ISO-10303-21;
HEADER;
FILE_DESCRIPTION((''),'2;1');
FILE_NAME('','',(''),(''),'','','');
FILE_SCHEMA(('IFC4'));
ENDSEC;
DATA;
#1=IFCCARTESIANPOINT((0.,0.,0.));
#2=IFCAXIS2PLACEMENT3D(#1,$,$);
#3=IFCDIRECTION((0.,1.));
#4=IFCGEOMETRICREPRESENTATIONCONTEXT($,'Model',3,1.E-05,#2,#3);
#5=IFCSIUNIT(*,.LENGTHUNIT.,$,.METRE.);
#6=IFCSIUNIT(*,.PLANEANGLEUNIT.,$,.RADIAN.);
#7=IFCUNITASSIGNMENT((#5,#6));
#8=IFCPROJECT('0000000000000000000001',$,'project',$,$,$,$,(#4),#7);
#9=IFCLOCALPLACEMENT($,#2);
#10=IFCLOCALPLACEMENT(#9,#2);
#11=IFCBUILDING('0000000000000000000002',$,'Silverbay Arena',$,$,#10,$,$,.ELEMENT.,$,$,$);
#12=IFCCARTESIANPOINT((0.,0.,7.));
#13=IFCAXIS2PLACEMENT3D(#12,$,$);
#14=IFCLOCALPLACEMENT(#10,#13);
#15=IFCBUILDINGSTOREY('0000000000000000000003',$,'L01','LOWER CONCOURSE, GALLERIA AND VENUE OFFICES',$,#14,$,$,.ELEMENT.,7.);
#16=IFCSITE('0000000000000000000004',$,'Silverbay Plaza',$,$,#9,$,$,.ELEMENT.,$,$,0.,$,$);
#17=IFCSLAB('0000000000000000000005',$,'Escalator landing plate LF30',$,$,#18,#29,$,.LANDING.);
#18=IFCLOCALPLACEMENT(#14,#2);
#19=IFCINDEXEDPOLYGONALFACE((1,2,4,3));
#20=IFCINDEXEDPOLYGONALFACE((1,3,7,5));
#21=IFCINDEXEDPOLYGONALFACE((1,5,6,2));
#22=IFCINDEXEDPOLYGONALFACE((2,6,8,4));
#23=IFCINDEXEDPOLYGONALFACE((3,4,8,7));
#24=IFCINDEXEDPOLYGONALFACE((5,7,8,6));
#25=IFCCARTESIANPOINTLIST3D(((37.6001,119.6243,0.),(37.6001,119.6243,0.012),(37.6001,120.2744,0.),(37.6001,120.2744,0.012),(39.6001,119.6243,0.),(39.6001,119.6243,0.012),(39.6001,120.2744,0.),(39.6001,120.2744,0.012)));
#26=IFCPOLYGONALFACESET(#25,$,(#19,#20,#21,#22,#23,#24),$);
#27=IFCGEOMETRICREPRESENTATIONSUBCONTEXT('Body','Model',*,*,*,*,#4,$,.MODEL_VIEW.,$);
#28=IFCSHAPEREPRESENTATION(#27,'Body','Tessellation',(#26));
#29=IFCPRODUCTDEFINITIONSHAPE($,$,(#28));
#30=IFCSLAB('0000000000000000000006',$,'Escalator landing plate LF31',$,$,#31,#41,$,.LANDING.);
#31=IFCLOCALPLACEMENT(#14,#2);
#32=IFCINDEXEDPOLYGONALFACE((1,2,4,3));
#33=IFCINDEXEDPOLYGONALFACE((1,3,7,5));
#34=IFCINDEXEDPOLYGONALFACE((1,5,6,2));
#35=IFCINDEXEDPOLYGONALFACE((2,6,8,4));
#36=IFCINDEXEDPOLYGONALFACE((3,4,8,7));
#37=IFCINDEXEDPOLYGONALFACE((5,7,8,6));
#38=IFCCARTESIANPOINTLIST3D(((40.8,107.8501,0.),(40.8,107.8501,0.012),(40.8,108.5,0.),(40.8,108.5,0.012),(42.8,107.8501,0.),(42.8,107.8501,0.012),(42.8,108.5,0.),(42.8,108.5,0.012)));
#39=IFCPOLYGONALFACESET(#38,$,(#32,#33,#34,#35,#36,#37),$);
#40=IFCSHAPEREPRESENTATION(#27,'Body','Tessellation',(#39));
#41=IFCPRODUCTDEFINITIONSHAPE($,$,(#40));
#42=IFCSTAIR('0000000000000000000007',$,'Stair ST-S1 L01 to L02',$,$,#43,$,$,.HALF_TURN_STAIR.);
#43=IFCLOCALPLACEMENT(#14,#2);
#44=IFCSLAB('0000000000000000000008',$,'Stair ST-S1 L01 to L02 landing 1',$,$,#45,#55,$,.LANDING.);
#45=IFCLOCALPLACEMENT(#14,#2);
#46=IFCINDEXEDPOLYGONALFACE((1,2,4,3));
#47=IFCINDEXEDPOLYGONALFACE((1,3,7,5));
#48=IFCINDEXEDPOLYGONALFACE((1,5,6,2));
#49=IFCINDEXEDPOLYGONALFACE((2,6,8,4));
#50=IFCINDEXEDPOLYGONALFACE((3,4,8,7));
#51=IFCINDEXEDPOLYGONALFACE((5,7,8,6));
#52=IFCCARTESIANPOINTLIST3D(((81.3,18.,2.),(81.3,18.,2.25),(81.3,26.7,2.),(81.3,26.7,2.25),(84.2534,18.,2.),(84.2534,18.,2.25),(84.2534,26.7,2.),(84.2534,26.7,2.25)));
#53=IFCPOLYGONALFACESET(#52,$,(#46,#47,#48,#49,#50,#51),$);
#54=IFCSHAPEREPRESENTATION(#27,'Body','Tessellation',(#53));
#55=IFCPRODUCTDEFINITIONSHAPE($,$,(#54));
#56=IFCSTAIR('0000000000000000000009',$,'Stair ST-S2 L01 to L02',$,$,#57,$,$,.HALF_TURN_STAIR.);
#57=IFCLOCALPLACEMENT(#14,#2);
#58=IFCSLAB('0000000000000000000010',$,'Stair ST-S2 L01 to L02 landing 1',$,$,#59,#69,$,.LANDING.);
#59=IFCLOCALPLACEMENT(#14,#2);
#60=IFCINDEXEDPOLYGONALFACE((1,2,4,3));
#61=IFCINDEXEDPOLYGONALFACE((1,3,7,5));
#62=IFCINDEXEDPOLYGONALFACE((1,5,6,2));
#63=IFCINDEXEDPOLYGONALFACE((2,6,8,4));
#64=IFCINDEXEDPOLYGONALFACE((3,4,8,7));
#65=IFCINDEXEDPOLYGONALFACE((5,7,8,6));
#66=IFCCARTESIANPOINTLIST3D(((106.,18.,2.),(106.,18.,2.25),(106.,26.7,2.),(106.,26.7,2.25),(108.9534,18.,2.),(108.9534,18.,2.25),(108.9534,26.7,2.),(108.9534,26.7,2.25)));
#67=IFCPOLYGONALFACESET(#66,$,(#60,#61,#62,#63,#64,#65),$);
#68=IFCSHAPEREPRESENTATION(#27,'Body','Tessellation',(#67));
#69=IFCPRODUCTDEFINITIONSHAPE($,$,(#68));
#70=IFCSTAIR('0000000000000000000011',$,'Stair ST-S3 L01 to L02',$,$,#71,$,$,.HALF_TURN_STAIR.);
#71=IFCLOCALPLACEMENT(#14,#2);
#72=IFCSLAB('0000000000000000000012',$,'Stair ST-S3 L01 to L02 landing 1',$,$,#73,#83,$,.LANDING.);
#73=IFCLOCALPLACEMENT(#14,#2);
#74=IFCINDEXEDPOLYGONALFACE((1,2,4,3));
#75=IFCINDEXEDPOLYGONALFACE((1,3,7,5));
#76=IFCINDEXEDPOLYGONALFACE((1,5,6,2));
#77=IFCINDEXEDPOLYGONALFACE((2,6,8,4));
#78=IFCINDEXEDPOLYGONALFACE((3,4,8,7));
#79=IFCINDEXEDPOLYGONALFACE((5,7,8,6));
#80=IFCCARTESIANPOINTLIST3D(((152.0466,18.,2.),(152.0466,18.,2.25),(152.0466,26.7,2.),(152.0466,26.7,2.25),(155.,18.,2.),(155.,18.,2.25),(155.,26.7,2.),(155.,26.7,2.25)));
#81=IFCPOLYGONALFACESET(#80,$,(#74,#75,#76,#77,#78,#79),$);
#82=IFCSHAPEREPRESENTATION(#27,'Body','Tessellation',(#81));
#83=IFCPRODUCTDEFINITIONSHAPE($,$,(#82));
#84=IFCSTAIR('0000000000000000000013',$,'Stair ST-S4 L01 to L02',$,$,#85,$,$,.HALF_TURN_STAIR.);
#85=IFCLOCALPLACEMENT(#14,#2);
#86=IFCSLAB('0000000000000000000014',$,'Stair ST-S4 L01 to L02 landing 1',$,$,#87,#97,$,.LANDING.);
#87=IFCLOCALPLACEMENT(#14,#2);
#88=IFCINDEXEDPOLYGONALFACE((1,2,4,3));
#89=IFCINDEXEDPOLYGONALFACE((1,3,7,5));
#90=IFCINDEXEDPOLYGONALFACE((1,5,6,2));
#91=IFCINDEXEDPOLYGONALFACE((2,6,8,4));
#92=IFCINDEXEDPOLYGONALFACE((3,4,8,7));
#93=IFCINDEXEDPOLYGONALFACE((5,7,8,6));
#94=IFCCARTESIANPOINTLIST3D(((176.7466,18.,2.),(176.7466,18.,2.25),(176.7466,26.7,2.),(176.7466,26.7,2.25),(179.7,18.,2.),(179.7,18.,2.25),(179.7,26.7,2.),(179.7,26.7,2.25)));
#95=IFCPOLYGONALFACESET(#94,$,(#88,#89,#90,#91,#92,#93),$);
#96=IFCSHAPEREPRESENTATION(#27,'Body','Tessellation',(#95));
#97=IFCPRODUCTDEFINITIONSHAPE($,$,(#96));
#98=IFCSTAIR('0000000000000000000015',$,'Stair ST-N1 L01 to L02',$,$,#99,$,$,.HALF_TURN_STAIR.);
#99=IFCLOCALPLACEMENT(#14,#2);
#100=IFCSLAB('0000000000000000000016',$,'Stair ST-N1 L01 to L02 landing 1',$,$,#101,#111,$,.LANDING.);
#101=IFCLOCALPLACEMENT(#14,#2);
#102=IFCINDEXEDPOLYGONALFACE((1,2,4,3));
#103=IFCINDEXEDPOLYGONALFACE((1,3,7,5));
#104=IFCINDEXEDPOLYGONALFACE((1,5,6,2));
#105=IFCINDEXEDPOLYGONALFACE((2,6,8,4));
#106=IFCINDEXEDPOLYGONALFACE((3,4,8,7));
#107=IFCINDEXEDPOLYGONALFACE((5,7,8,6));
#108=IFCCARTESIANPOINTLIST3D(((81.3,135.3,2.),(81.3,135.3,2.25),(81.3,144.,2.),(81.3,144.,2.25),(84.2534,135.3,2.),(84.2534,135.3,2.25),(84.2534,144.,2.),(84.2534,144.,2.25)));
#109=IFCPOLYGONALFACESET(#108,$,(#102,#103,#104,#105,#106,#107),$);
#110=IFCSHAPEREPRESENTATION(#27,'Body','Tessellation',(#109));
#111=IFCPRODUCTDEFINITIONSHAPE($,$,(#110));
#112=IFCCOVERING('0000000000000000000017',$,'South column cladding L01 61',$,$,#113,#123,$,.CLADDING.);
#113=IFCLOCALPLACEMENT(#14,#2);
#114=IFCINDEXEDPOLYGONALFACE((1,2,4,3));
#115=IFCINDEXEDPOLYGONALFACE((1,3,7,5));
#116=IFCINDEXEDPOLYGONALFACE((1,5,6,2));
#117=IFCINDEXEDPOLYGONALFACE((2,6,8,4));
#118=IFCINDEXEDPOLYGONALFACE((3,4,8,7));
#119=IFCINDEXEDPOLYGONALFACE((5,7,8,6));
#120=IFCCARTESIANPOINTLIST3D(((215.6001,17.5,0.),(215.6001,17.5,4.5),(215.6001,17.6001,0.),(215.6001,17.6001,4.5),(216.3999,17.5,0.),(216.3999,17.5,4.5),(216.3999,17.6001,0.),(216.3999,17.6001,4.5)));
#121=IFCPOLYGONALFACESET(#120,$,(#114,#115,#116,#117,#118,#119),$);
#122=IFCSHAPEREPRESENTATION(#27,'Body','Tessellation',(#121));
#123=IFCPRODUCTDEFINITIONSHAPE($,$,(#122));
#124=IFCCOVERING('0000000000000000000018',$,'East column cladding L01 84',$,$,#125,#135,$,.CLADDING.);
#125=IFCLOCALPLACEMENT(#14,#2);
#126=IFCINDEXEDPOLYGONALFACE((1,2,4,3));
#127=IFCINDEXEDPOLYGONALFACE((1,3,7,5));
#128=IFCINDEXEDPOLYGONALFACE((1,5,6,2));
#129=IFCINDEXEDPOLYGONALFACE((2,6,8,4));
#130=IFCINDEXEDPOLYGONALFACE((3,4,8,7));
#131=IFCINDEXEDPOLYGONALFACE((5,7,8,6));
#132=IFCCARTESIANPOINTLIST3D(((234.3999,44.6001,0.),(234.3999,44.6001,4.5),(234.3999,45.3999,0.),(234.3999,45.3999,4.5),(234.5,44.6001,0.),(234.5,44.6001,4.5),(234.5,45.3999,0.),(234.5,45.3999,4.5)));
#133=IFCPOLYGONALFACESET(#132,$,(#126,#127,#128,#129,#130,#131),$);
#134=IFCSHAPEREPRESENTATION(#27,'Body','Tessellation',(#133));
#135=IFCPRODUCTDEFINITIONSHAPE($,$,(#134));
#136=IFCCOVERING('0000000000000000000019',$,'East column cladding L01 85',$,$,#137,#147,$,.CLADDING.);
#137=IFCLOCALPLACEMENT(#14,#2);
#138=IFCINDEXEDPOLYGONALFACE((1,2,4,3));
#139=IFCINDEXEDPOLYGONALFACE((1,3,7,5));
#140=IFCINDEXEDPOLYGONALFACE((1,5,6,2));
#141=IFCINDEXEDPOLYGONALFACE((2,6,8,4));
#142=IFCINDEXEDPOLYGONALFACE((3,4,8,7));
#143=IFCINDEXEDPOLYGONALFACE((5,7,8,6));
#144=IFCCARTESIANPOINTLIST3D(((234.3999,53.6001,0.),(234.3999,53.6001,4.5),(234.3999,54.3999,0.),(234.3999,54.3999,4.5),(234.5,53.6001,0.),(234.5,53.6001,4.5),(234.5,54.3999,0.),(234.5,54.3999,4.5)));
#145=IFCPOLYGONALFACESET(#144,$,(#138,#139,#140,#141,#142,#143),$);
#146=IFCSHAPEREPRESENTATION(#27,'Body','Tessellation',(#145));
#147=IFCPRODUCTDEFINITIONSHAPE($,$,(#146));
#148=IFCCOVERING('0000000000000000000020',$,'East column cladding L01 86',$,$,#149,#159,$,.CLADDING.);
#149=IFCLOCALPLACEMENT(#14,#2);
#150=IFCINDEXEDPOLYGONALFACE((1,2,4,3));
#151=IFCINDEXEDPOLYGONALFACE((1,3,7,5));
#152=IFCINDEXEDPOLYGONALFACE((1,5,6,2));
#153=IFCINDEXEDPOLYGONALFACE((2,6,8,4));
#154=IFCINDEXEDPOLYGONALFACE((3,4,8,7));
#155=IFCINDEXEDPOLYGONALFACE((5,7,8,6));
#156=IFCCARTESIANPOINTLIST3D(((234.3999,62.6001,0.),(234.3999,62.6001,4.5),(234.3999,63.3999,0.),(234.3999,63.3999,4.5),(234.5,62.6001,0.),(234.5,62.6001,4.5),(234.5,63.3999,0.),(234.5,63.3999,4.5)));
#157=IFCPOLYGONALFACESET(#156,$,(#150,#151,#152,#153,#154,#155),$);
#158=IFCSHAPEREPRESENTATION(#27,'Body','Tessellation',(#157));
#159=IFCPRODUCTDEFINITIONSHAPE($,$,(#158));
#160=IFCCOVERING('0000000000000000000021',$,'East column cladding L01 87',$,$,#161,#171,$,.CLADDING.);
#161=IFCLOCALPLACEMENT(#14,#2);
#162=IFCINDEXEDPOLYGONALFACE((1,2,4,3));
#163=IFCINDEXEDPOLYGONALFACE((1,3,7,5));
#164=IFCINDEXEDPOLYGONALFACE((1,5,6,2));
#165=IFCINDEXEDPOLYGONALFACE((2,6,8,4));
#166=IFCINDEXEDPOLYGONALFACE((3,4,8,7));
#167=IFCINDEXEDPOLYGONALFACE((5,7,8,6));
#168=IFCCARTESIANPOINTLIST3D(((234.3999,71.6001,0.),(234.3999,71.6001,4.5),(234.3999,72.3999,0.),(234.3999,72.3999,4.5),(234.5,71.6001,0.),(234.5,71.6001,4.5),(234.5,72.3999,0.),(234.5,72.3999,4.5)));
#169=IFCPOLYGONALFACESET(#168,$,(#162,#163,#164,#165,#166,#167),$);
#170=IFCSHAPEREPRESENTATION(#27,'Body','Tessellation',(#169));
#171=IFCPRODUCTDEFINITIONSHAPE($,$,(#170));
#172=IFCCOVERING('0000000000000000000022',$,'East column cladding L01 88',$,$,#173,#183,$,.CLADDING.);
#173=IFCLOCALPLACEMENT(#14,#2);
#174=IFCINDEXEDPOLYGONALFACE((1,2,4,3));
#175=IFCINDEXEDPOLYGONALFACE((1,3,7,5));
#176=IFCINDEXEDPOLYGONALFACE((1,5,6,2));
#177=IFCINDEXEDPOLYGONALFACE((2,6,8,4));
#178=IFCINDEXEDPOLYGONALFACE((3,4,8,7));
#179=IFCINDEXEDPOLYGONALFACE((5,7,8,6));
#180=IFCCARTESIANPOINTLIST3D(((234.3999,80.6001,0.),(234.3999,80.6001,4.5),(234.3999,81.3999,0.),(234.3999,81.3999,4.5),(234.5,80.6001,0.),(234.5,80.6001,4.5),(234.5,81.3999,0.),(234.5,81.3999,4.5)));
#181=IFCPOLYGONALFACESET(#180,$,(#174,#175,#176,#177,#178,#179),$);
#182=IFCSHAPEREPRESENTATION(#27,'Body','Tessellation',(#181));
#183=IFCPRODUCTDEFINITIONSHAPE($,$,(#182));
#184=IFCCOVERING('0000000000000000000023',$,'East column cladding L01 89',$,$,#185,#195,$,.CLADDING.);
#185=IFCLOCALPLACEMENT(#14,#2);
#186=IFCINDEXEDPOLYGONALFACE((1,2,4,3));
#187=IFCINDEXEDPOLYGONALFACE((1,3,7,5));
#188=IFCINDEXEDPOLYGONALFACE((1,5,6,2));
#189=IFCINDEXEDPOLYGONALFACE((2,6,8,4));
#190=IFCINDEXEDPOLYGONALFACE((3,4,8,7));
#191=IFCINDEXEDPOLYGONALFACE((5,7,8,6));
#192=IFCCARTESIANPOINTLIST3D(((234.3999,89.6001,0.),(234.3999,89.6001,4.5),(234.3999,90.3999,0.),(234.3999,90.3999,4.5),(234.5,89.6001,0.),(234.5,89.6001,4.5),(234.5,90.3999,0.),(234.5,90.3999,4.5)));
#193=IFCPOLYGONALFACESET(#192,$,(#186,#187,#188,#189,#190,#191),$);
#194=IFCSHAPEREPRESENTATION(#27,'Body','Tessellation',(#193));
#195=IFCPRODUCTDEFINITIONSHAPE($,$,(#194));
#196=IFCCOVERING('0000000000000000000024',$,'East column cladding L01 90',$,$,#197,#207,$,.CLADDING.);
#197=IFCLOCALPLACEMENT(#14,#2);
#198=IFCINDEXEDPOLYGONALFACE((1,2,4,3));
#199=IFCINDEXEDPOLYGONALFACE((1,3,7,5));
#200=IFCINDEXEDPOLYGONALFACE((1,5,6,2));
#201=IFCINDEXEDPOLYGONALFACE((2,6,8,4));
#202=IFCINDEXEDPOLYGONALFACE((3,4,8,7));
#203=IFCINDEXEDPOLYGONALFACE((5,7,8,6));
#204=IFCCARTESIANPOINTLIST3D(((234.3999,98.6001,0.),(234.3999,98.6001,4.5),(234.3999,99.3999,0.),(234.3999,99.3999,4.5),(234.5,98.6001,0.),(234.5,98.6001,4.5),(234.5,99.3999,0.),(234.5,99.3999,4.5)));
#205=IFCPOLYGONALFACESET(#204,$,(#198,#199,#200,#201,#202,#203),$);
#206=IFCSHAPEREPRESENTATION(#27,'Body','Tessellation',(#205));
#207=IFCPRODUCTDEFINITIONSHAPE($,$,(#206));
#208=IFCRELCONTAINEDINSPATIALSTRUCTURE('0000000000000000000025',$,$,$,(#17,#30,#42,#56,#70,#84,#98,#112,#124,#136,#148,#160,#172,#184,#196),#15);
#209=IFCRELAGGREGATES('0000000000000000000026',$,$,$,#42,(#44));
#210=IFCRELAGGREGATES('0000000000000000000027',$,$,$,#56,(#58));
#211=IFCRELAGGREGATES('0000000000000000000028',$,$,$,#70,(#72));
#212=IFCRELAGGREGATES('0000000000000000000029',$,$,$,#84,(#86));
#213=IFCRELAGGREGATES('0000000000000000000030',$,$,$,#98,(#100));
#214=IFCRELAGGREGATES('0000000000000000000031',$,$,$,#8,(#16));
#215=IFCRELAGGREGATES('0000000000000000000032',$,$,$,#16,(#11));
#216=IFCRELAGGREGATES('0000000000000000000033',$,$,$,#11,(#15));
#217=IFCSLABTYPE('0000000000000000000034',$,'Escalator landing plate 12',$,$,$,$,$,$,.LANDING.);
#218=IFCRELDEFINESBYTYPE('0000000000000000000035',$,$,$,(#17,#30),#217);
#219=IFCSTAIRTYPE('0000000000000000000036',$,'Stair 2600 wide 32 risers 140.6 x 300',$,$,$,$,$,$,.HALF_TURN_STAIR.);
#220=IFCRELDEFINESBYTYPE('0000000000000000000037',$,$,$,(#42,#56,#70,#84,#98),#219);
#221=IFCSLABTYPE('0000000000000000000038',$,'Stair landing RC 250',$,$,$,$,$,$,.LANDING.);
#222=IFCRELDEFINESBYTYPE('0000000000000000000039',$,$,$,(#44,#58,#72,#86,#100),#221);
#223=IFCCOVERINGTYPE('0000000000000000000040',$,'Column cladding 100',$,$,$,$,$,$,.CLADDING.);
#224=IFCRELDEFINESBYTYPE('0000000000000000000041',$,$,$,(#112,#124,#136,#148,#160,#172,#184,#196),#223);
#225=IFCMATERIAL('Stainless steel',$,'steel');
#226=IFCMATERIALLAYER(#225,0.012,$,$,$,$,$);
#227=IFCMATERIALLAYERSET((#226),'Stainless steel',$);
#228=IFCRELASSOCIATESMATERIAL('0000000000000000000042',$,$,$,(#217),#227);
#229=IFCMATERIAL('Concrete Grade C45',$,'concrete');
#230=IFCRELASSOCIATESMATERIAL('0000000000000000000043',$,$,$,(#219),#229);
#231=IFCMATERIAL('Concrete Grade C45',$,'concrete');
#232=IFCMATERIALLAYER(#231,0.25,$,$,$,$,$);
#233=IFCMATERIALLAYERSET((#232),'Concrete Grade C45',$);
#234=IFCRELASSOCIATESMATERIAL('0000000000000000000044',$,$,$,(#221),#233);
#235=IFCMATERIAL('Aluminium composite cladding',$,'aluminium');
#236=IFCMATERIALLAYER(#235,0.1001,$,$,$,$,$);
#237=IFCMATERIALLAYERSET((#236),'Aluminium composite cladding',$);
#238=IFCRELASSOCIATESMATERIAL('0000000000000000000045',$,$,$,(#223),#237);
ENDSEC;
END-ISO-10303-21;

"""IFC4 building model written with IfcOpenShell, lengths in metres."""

from ifc_helpers import new_model, si_unit, direction, frame, origin, place, context, subcontext, project, spatial, polyline, outline, extrude, material, layer, layer_set, type_object, element, aggregate, save


model = new_model("IFC4")

# Units and contexts
model_context = context("Model", 3, precision=1e-05, world=origin(), true_north=direction((0.0, 1.0)))
body_context = subcontext(model_context, "Body", "Model", "MODEL_VIEW")
ifc_project = project(units=[si_unit("LENGTHUNIT", "METRE"), si_unit("PLANEANGLEUNIT", "RADIAN")], contexts=[model_context])

# Site, building, storey
site_placement = place(None, origin())
site = spatial("IfcSite", under=ifc_project, at=site_placement, Name="Silverbay Plaza", CompositionType="ELEMENT", RefElevation=0.0)
building_placement = place(site_placement, origin())
building = spatial("IfcBuilding", under=site, at=building_placement, Name="Silverbay Arena", CompositionType="ELEMENT")
storey_placement = place(building_placement, frame((0.0, 0.0, 7.0)))
storey = spatial("IfcBuildingStorey", under=building, at=storey_placement, Name="L01", Description="LOWER CONCOURSE, GALLERIA AND VENUE OFFICES", CompositionType="ELEMENT", Elevation=7.0)

# Slabs
ifc_material_1 = material(Name="Stainless steel", Category="steel")
ifc_layer_1 = layer(ifc_material_1, 0.012)
ifc_layer_set_1 = layer_set([ifc_layer_1], Name="Stainless steel")
slab_type_1 = type_object("IfcSlabType", Name="Escalator landing plate 12", PredefinedType="LANDING", material=ifc_layer_set_1)
slab_1_placement = place(storey_placement, origin())
element("IfcSlab", 1, at=slab_1_placement, inside=storey, type_object=slab_type_1, Name="Escalator landing plate LF30", PredefinedType="LANDING", context=body_context, shape_type="SweptSolid", body=[
    extrude(outline(polyline([(37.6001, 119.6243), (39.6001, 119.6243), (39.6001, 120.2744), (37.6001, 120.2744), (37.6001, 119.6243)])), origin(), (0.0, 0.0, 1.0), 0.012),
])
slab_2_placement = place(storey_placement, origin())
element("IfcSlab", 2, at=slab_2_placement, inside=storey, type_object=slab_type_1, Name="Escalator landing plate LF31", PredefinedType="LANDING", context=body_context, shape_type="SweptSolid", body=[
    extrude(outline(polyline([(40.8, 107.8501), (42.8, 107.8501), (42.8, 108.5), (40.8, 108.5), (40.8, 107.8501)])), origin(), (0.0, 0.0, 1.0), 0.012),
])

# Stairs, slabs
ifc_material_2 = material(Name="Concrete Grade C45", Category="concrete")
stair_type = type_object("IfcStairType", Name="Stair 2600 wide 32 risers 140.6 x 300", PredefinedType="HALF_TURN_STAIR", material=ifc_material_2)
stair_1_placement = place(storey_placement, origin())
stair_1 = element("IfcStair", 3, at=stair_1_placement, inside=storey, type_object=stair_type, Name="Stair ST-S1 L01 to L02", PredefinedType="HALF_TURN_STAIR")
ifc_material_3 = material(Name="Concrete Grade C45", Category="concrete")
ifc_layer_2 = layer(ifc_material_3, 0.25)
ifc_layer_set_2 = layer_set([ifc_layer_2], Name="Concrete Grade C45")
slab_type_2 = type_object("IfcSlabType", Name="Stair landing RC 250", PredefinedType="LANDING", material=ifc_layer_set_2)
slab_3_placement = place(storey_placement, frame((0.0, 0.0, 2.0)))
slab_3 = element("IfcSlab", 4, at=slab_3_placement, type_object=slab_type_2, Name="Stair ST-S1 L01 to L02 landing 1", PredefinedType="LANDING", context=body_context, shape_type="SweptSolid", body=[
    extrude(outline(polyline([(84.2534, 26.7), (81.3, 26.7), (81.3, 18.0), (84.2534, 18.0), (84.2534, 26.7)])), origin(), (0.0, 0.0, 1.0), 0.25),
])
aggregate(stair_1, [slab_3])
stair_2_placement = place(storey_placement, origin())
stair_2 = element("IfcStair", 5, at=stair_2_placement, inside=storey, type_object=stair_type, Name="Stair ST-S2 L01 to L02", PredefinedType="HALF_TURN_STAIR")
slab_4_placement = place(storey_placement, frame((0.0, 0.0, 2.0)))
slab_4 = element("IfcSlab", 6, at=slab_4_placement, type_object=slab_type_2, Name="Stair ST-S2 L01 to L02 landing 1", PredefinedType="LANDING", context=body_context, shape_type="SweptSolid", body=[
    extrude(outline(polyline([(108.9534, 26.7), (106.0, 26.7), (106.0, 18.0), (108.9534, 18.0), (108.9534, 26.7)])), origin(), (0.0, 0.0, 1.0), 0.25),
])
aggregate(stair_2, [slab_4])
stair_3_placement = place(storey_placement, origin())
stair_3 = element("IfcStair", 7, at=stair_3_placement, inside=storey, type_object=stair_type, Name="Stair ST-S3 L01 to L02", PredefinedType="HALF_TURN_STAIR")
slab_5_placement = place(storey_placement, frame((0.0, 0.0, 2.0)))
slab_5 = element("IfcSlab", 8, at=slab_5_placement, type_object=slab_type_2, Name="Stair ST-S3 L01 to L02 landing 1", PredefinedType="LANDING", context=body_context, shape_type="SweptSolid", body=[
    extrude(outline(polyline([(152.0466, 26.7), (155.0, 26.7), (155.0, 18.0), (152.0466, 18.0), (152.0466, 26.7)])), origin(), (0.0, 0.0, 1.0), 0.25),
])
aggregate(stair_3, [slab_5])
stair_4_placement = place(storey_placement, origin())
stair_4 = element("IfcStair", 9, at=stair_4_placement, inside=storey, type_object=stair_type, Name="Stair ST-S4 L01 to L02", PredefinedType="HALF_TURN_STAIR")
slab_6_placement = place(storey_placement, frame((0.0, 0.0, 2.0)))
slab_6 = element("IfcSlab", 10, at=slab_6_placement, type_object=slab_type_2, Name="Stair ST-S4 L01 to L02 landing 1", PredefinedType="LANDING", context=body_context, shape_type="SweptSolid", body=[
    extrude(outline(polyline([(176.7466, 26.7), (179.7, 26.7), (179.7, 18.0), (176.7466, 18.0), (176.7466, 26.7)])), origin(), (0.0, 0.0, 1.0), 0.25),
])
aggregate(stair_4, [slab_6])
stair_5_placement = place(storey_placement, origin())
stair_5 = element("IfcStair", 11, at=stair_5_placement, inside=storey, type_object=stair_type, Name="Stair ST-N1 L01 to L02", PredefinedType="HALF_TURN_STAIR")
slab_7_placement = place(storey_placement, frame((0.0, 0.0, 2.0)))
slab_7 = element("IfcSlab", 12, at=slab_7_placement, type_object=slab_type_2, Name="Stair ST-N1 L01 to L02 landing 1", PredefinedType="LANDING", context=body_context, shape_type="SweptSolid", body=[
    extrude(outline(polyline([(84.2534, 135.3), (81.3, 135.3), (81.3, 144.0), (84.2534, 144.0), (84.2534, 135.3)])), origin(), (0.0, 0.0, 1.0), 0.25),
])
aggregate(stair_5, [slab_7])

# Coverings
ifc_material_4 = material(Name="Aluminium composite cladding", Category="aluminium")
ifc_layer_3 = layer(ifc_material_4, 0.1001)
ifc_layer_set_3 = layer_set([ifc_layer_3], Name="Aluminium composite cladding")
covering_type_1 = type_object("IfcCoveringType", Name="Column cladding 100", PredefinedType="CLADDING", material=ifc_layer_set_3)
covering_1_placement = place(storey_placement, origin())
element("IfcCovering", 13, at=covering_1_placement, inside=storey, type_object=covering_type_1, Name="South column cladding L01 61", PredefinedType="CLADDING", context=body_context, shape_type="SweptSolid", body=[
    extrude(outline(polyline([(215.6001, 17.5), (216.3999, 17.5), (216.3999, 17.6001), (215.6001, 17.6001), (215.6001, 17.5)])), origin(), (0.0, 0.0, 1.0), 4.5),
])
covering_2_placement = place(storey_placement, origin())
element("IfcCovering", 14, at=covering_2_placement, inside=storey, type_object=covering_type_1, Name="East column cladding L01 84", PredefinedType="CLADDING", context=body_context, shape_type="SweptSolid", body=[
    extrude(outline(polyline([(234.3999, 44.6001), (234.5, 44.6001), (234.5, 45.3999), (234.3999, 45.3999), (234.3999, 44.6001)])), origin(), (0.0, 0.0, 1.0), 4.5),
])
covering_3_placement = place(storey_placement, origin())
element("IfcCovering", 15, at=covering_3_placement, inside=storey, type_object=covering_type_1, Name="East column cladding L01 85", PredefinedType="CLADDING", context=body_context, shape_type="SweptSolid", body=[
    extrude(outline(polyline([(234.3999, 53.6001), (234.5, 53.6001), (234.5, 54.3999), (234.3999, 54.3999), (234.3999, 53.6001)])), origin(), (0.0, 0.0, 1.0), 4.5),
])
covering_4_placement = place(storey_placement, origin())
element("IfcCovering", 16, at=covering_4_placement, inside=storey, type_object=covering_type_1, Name="East column cladding L01 86", PredefinedType="CLADDING", context=body_context, shape_type="SweptSolid", body=[
    extrude(outline(polyline([(234.3999, 62.6001), (234.5, 62.6001), (234.5, 63.3999), (234.3999, 63.3999), (234.3999, 62.6001)])), origin(), (0.0, 0.0, 1.0), 4.5),
])
covering_5_placement = place(storey_placement, origin())
element("IfcCovering", 17, at=covering_5_placement, inside=storey, type_object=covering_type_1, Name="East column cladding L01 87", PredefinedType="CLADDING", context=body_context, shape_type="SweptSolid", body=[
    extrude(outline(polyline([(234.3999, 71.6001), (234.5, 71.6001), (234.5, 72.3999), (234.3999, 72.3999), (234.3999, 71.6001)])), origin(), (0.0, 0.0, 1.0), 4.5),
])
covering_6_placement = place(storey_placement, origin())
element("IfcCovering", 18, at=covering_6_placement, inside=storey, type_object=covering_type_1, Name="East column cladding L01 88", PredefinedType="CLADDING", context=body_context, shape_type="SweptSolid", body=[
    extrude(outline(polyline([(234.3999, 80.6001), (234.5, 80.6001), (234.5, 81.3999), (234.3999, 81.3999), (234.3999, 80.6001)])), origin(), (0.0, 0.0, 1.0), 4.5),
])
covering_7_placement = place(storey_placement, origin())
element("IfcCovering", 19, at=covering_7_placement, inside=storey, type_object=covering_type_1, Name="East column cladding L01 89", PredefinedType="CLADDING", context=body_context, shape_type="SweptSolid", body=[
    extrude(outline(polyline([(234.3999, 89.6001), (234.5, 89.6001), (234.5, 90.3999), (234.3999, 90.3999), (234.3999, 89.6001)])), origin(), (0.0, 0.0, 1.0), 4.5),
])
covering_8_placement = place(storey_placement, origin())
element("IfcCovering", 20, at=covering_8_placement, inside=storey, type_object=covering_type_1, Name="East column cladding L01 90", PredefinedType="CLADDING", context=body_context, shape_type="SweptSolid", body=[
    extrude(outline(polyline([(234.3999, 98.6001), (234.5, 98.6001), (234.5, 99.3999), (234.3999, 99.3999), (234.3999, 98.6001)])), origin(), (0.0, 0.0, 1.0), 4.5),
])

save(model, "model.ifc")
